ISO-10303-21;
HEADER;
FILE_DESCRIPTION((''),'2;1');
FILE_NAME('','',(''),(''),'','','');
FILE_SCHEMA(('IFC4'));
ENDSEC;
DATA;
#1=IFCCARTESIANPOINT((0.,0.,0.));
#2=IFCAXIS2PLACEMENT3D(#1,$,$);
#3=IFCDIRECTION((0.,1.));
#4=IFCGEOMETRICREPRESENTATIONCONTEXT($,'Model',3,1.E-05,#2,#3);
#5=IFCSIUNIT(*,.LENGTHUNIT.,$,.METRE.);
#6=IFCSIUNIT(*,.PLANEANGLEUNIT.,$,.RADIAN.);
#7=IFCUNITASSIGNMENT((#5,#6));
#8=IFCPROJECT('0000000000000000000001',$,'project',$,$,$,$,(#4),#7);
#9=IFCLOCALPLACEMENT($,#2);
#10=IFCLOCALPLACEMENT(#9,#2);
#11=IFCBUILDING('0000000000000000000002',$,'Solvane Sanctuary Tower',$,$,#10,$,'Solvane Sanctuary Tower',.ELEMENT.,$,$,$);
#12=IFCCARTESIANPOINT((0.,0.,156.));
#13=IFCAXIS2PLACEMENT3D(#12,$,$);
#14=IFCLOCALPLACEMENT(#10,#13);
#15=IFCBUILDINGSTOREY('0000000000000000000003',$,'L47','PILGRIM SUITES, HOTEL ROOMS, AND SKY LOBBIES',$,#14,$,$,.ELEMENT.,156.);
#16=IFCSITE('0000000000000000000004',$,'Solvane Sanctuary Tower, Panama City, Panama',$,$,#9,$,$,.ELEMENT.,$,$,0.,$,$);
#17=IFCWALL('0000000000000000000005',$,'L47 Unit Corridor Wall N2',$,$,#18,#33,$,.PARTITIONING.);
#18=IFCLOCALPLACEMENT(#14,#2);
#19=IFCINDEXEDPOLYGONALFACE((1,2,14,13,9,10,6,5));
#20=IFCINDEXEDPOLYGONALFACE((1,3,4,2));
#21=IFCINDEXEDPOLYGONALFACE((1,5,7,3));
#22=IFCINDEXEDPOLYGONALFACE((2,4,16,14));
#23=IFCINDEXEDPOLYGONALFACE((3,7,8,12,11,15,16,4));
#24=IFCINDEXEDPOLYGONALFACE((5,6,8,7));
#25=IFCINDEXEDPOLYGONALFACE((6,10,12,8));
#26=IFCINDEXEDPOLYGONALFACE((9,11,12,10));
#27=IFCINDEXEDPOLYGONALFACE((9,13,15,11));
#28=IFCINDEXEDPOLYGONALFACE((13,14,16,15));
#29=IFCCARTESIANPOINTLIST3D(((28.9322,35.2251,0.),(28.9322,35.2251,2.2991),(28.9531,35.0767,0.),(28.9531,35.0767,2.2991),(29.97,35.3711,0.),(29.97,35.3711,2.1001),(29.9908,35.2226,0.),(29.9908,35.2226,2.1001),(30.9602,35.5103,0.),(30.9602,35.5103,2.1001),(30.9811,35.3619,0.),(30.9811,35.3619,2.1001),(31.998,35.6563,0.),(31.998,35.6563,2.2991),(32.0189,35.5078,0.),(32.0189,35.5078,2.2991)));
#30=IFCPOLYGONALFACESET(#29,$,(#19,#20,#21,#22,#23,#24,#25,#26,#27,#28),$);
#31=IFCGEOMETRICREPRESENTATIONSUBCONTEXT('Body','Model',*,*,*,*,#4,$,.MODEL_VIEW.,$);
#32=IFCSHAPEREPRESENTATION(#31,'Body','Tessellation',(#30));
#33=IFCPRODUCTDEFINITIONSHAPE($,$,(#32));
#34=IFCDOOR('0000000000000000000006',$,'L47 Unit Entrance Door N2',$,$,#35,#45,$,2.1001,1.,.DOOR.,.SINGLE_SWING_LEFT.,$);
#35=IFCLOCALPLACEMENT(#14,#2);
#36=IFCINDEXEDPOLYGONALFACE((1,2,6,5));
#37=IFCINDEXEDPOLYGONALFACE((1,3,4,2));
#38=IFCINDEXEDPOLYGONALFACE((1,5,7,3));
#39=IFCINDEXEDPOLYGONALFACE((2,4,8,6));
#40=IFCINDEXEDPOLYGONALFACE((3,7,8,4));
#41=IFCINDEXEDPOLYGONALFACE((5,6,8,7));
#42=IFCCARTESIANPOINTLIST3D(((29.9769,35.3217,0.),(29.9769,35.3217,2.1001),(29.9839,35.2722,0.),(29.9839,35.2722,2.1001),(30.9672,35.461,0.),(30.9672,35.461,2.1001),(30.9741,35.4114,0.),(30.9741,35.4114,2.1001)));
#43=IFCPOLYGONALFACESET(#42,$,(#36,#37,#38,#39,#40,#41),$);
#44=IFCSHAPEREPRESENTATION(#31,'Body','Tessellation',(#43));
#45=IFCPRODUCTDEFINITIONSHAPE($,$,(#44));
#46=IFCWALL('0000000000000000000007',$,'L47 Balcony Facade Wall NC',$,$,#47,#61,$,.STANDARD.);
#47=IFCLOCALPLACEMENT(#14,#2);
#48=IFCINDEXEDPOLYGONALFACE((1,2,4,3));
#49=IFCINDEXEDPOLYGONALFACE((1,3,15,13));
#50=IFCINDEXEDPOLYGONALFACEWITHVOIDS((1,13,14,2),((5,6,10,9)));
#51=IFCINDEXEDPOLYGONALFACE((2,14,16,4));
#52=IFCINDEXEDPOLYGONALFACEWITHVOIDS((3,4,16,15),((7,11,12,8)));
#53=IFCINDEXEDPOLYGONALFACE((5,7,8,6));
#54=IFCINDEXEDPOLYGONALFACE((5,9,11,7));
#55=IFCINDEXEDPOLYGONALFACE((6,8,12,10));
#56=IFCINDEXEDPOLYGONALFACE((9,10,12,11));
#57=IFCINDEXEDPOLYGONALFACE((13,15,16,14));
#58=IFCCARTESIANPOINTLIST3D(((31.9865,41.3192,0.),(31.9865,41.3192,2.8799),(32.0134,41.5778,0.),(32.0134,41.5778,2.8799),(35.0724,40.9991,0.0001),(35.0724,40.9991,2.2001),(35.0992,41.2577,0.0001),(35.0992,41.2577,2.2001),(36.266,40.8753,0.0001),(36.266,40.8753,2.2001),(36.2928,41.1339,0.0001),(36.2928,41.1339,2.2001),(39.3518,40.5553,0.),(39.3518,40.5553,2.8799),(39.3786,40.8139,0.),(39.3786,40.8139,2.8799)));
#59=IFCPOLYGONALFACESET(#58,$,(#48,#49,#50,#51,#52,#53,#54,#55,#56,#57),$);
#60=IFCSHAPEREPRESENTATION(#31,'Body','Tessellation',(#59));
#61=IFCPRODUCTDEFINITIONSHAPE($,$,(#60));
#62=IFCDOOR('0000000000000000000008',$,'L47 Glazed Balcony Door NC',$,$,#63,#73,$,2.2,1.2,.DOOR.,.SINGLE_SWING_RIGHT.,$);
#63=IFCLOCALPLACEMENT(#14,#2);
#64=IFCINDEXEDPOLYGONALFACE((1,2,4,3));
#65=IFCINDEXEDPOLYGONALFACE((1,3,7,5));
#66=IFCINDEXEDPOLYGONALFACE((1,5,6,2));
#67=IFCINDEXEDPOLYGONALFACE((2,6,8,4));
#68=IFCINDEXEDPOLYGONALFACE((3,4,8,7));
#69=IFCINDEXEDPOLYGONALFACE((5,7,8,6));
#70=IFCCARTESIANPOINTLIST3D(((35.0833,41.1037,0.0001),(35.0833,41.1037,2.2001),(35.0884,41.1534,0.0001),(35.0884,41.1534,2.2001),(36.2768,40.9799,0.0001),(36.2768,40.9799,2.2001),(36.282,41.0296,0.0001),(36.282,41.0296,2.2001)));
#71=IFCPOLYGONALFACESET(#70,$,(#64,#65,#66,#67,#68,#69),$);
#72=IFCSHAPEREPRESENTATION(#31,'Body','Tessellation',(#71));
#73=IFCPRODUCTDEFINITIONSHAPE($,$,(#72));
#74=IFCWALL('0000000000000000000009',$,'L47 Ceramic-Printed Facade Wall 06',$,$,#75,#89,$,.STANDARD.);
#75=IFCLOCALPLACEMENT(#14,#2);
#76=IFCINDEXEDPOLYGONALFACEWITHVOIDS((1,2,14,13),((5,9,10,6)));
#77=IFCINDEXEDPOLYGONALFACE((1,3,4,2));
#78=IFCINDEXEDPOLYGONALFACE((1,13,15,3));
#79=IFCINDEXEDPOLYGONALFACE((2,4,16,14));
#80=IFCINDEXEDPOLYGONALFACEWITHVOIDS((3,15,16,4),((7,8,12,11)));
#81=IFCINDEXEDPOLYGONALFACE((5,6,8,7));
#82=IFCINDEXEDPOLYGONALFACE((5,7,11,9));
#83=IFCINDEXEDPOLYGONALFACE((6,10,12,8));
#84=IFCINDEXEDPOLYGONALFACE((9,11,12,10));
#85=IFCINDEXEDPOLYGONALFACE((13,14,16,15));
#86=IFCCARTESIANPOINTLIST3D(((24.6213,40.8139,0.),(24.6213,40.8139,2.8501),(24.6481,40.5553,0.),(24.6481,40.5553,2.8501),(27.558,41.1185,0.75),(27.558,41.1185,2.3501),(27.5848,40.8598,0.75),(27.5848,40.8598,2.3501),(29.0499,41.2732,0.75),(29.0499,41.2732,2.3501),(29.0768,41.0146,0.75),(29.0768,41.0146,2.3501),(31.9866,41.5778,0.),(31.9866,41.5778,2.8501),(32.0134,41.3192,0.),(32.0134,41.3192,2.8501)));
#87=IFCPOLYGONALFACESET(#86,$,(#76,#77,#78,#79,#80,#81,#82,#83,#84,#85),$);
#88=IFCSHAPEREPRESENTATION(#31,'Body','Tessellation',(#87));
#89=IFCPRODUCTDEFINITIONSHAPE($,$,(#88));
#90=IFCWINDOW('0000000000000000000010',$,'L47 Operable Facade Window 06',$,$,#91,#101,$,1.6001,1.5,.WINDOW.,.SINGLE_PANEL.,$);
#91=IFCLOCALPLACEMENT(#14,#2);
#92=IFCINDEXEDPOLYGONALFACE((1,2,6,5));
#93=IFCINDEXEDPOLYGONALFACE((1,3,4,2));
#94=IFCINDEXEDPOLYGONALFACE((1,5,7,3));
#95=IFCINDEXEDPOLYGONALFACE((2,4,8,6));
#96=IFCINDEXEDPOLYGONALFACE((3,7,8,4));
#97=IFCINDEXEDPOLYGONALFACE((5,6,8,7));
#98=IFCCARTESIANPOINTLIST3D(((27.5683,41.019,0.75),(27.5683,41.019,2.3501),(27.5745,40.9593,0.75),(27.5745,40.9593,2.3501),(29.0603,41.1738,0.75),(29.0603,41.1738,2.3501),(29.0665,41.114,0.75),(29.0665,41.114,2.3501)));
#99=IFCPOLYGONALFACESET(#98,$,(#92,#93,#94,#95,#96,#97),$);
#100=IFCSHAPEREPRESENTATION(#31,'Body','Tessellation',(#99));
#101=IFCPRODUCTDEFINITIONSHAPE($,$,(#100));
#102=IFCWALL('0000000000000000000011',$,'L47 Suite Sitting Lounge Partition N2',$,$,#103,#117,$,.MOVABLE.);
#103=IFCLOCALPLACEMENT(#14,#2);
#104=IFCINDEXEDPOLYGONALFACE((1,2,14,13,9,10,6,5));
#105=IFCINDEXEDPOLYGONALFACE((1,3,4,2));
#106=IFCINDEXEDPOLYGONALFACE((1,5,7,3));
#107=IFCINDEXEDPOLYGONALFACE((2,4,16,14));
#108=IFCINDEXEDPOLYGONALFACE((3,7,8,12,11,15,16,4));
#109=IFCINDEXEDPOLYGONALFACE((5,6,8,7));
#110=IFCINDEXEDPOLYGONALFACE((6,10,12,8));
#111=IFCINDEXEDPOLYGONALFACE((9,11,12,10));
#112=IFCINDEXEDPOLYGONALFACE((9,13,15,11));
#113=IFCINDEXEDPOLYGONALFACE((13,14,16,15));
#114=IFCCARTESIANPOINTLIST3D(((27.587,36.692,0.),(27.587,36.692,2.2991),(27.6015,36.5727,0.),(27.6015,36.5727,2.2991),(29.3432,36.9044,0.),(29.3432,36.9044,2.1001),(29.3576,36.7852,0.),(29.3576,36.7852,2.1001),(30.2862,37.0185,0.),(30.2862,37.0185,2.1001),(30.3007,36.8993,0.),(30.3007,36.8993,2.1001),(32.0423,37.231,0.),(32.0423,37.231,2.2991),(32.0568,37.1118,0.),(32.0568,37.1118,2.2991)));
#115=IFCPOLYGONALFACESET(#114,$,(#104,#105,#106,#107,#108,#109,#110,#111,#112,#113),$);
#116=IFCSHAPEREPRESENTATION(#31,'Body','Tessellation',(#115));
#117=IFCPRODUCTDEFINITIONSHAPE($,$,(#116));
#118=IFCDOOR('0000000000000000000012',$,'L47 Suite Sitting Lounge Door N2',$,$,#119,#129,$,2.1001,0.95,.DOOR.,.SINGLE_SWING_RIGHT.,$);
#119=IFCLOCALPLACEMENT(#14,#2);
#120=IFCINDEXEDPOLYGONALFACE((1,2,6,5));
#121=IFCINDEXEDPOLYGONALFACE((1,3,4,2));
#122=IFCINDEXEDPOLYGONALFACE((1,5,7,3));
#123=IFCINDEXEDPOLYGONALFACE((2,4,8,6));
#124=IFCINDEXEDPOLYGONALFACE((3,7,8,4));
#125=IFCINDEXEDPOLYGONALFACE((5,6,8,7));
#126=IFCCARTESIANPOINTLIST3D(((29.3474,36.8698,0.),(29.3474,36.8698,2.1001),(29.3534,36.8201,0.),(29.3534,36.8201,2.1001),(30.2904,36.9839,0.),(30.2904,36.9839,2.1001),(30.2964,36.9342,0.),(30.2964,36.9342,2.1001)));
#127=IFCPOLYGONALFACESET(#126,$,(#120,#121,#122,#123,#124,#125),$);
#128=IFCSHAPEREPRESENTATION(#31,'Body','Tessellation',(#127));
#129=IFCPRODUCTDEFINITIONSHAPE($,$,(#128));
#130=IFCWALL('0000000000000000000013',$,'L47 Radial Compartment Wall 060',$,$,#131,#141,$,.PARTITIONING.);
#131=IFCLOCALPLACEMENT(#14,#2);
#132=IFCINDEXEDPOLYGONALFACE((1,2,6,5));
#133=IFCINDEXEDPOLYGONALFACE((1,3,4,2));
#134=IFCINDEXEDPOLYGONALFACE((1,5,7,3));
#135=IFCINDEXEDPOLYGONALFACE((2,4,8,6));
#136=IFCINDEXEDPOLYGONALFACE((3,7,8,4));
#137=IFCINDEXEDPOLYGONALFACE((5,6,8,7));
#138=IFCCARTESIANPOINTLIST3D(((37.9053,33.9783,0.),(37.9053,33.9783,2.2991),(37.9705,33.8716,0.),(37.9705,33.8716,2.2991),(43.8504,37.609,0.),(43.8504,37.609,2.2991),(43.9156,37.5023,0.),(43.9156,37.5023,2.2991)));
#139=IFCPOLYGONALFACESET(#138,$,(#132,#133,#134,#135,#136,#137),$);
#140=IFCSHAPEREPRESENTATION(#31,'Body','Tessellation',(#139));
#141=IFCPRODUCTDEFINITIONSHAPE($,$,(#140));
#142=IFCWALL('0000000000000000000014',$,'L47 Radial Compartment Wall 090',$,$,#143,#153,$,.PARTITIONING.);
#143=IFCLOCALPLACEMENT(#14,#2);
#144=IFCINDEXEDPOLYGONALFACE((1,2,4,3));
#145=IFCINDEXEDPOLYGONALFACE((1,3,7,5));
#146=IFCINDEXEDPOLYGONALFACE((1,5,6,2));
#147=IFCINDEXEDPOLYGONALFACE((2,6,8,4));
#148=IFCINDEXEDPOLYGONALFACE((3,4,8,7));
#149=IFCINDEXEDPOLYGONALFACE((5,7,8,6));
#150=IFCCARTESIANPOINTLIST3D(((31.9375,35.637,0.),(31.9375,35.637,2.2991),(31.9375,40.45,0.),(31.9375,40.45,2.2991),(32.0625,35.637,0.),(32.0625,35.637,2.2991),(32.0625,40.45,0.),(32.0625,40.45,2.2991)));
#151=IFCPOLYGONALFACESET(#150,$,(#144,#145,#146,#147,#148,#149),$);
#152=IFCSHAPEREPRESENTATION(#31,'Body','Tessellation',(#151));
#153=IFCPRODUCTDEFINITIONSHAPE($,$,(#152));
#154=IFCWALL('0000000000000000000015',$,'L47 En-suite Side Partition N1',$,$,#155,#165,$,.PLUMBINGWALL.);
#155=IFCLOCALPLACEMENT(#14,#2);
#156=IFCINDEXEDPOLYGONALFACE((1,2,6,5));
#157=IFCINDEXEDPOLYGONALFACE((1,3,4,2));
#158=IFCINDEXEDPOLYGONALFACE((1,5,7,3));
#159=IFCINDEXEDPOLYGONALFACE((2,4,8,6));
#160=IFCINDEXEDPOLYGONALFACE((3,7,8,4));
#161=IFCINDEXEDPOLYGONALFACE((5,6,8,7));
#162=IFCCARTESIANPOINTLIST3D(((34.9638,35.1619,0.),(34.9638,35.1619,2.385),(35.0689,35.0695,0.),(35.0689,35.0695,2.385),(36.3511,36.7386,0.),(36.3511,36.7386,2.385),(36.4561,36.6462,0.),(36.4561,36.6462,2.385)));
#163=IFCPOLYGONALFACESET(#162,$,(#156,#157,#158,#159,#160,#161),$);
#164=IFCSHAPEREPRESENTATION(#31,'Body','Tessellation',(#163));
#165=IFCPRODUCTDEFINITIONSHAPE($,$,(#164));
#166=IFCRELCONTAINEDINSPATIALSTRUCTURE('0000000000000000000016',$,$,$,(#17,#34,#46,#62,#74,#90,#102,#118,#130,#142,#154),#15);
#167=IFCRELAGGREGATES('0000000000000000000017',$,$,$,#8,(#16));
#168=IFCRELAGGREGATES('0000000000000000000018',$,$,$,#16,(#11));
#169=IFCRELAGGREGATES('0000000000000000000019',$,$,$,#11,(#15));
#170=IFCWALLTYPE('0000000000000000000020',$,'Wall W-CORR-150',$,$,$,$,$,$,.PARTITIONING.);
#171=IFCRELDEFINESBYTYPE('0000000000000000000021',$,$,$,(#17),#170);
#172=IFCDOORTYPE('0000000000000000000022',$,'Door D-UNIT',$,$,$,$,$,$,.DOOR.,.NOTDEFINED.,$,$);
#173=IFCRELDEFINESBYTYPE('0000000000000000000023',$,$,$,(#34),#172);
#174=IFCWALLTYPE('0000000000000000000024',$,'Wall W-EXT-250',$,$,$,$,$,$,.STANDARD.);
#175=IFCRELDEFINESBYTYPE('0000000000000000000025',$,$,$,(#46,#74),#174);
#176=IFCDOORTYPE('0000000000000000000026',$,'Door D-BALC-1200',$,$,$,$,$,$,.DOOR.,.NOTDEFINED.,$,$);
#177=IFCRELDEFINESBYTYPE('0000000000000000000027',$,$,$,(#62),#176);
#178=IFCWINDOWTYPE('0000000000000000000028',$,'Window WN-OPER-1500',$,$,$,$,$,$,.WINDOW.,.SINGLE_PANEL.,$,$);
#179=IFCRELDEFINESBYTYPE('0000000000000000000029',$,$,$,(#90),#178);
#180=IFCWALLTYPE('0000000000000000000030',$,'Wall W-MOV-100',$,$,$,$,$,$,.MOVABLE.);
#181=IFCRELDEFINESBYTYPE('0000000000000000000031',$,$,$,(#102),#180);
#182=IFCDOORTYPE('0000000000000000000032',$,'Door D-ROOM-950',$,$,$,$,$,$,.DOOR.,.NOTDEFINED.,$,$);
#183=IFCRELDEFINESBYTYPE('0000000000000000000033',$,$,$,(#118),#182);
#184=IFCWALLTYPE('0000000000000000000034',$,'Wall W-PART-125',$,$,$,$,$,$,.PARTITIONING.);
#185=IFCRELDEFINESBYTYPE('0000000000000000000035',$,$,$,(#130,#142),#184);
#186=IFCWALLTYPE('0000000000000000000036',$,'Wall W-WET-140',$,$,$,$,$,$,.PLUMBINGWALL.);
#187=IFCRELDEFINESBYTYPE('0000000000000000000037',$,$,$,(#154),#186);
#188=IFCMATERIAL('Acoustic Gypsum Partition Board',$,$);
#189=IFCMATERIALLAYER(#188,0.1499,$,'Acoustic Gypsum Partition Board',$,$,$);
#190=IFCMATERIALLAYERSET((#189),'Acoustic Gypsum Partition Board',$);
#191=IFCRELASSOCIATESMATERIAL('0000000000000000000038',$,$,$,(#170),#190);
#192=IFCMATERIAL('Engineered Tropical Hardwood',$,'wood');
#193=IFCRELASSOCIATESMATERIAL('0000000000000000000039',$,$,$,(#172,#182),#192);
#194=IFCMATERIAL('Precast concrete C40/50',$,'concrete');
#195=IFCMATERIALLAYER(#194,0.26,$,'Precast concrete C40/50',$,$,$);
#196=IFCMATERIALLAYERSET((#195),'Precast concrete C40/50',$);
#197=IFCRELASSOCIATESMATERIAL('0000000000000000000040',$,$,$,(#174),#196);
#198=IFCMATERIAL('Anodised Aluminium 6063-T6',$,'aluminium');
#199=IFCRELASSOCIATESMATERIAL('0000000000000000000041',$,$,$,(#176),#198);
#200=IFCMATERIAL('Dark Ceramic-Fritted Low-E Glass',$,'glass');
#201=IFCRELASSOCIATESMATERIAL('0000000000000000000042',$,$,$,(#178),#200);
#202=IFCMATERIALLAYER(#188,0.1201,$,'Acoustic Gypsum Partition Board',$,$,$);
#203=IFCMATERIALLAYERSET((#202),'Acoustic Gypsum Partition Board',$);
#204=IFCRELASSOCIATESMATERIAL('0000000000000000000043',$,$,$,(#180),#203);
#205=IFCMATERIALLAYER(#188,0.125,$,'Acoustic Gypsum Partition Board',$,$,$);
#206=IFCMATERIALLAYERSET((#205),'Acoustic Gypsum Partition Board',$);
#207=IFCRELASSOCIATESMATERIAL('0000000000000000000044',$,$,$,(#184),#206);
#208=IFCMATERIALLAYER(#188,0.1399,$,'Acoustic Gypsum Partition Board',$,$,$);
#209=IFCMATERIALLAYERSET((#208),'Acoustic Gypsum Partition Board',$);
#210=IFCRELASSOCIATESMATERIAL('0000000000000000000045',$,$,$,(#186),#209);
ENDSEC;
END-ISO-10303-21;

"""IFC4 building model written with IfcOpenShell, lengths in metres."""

from ifc_helpers import new_model, si_unit, direction, frame, frame_2d, origin, place, context, subcontext, project, spatial, rectangle, extrude, material, layer, layer_set, type_object, element, fill, save


model = new_model("IFC4")

# Units and contexts
model_context = context("Model", 3, precision=1e-05, world=origin(), true_north=direction((0.0, 1.0)))
body_context = subcontext(model_context, "Body", "Model", "MODEL_VIEW")
ifc_project = project(units=[si_unit("LENGTHUNIT", "METRE"), si_unit("PLANEANGLEUNIT", "RADIAN")], contexts=[model_context])

# Site, building, storey
site_placement = place(None, origin())
site = spatial("IfcSite", under=ifc_project, at=site_placement, Name="Solvane Sanctuary Tower, Panama City, Panama", CompositionType="ELEMENT", RefElevation=0.0)
building_placement = place(site_placement, origin())
building = spatial("IfcBuilding", under=site, at=building_placement, Name="Solvane Sanctuary Tower", LongName="Solvane Sanctuary Tower", CompositionType="ELEMENT")
storey_placement = place(building_placement, frame((0.0, 0.0, 156.0)))
storey = spatial("IfcBuildingStorey", under=building, at=storey_placement, Name="L47", Description="PILGRIM SUITES, HOTEL ROOMS, AND SKY LOBBIES", CompositionType="ELEMENT", Elevation=156.0)

# Shared definitions
ifc_material_1 = material(Name="Acoustic Gypsum Partition Board")
ifc_layer_1 = layer(ifc_material_1, 0.1499, Name="Acoustic Gypsum Partition Board")
ifc_layer_set_1 = layer_set([ifc_layer_1], Name="Acoustic Gypsum Partition Board")
wall_type_1 = type_object("IfcWallType", Name="Wall W-CORR-150", PredefinedType="PARTITIONING", material=ifc_layer_set_1)

# Shared definitions
ifc_material_2 = material(Name="Engineered Tropical Hardwood", Category="wood")

# Walls, openings, doors
door_type_1 = type_object("IfcDoorType", Name="Door D-UNIT", OperationType="NOTDEFINED", PredefinedType="DOOR", material=ifc_material_2)
wall_1_placement = place(storey_placement, frame((32.0083, 35.582, 0.0), z_axis=(0.0, 0.0, 1.0), x_axis=(-0.990255, -0.139268, 0.0)))
wall_1 = element("IfcWall", 1, at=wall_1_placement, inside=storey, type_object=wall_type_1, Name="L47 Unit Corridor Wall N2", PredefinedType="PARTITIONING", context=body_context, shape_type="SweptSolid", body=[
    extrude(rectangle(XDim=3.0959, YDim=0.1499, at=frame_2d((1.5479, 0.0))), origin(), (0.0, 0.0, 1.0), 2.2991),
])
opening_1_placement = place(wall_1_placement, frame((1.0479, 0.0, 0.0)))
opening_1 = element("IfcOpeningElement", 2, at=opening_1_placement, cuts=wall_1, PredefinedType="OPENING", context=body_context, shape_type="SweptSolid", body=[
    extrude(rectangle(XDim=1.0, YDim=2.1001, at=frame_2d((0.5, 1.05))), frame((0.0, 0.085, 0.0), z_axis=(0.0, -1.0, 0.0), x_axis=(1.0, 0.0, 0.0)), (0.0, 0.0, 1.0), 0.1699),
])
door_1_placement = place(opening_1_placement, origin())
door_1 = element("IfcDoor", 3, at=door_1_placement, inside=storey, type_object=door_type_1, Name="L47 Unit Entrance Door N2", OperationType="SINGLE_SWING_LEFT", OverallHeight=2.1001, OverallWidth=1.0, PredefinedType="DOOR", context=body_context, shape_type="SweptSolid", body=[
    extrude(rectangle(XDim=1.0, YDim=2.1001, at=frame_2d((0.5, 1.05))), frame((0.0, 0.0249, 0.0), z_axis=(0.0, -1.0, 0.0), x_axis=(1.0, 0.0, 0.0)), (0.0, 0.0, 1.0), 0.05),
])
fill(opening_1, door_1)
ifc_material_3 = material(Name="Precast concrete C40/50", Category="concrete")
ifc_layer_2 = layer(ifc_material_3, 0.26, Name="Precast concrete C40/50")
ifc_layer_set_2 = layer_set([ifc_layer_2], Name="Precast concrete C40/50")
wall_type_2 = type_object("IfcWallType", Name="Wall W-EXT-250", PredefinedType="STANDARD", material=ifc_layer_set_2)
wall_2_placement = place(storey_placement, frame((39.3652, 40.6846, 0.0), z_axis=(0.0, 0.0, 1.0), x_axis=(-0.994664, 0.103166, 0.0)))
wall_2 = element("IfcWall", 4, at=wall_2_placement, inside=storey, type_object=wall_type_2, Name="L47 Balcony Facade Wall NC", PredefinedType="STANDARD", context=body_context, shape_type="SweptSolid", body=[
    extrude(rectangle(XDim=7.4048, YDim=0.26, at=frame_2d((3.7024, 0.0))), origin(), (0.0, 0.0, 1.0), 2.8799),
])
opening_2_placement = place(wall_2_placement, frame((3.1023, 0.0, 0.0)))
opening_2 = element("IfcOpeningElement", 5, at=opening_2_placement, cuts=wall_2, PredefinedType="OPENING", context=body_context, shape_type="SweptSolid", body=[
    extrude(rectangle(XDim=1.2, YDim=2.2, at=frame_2d((0.6001, 1.1001))), frame((0.0, 0.1399, 0.0), z_axis=(0.0, -1.0, 0.0), x_axis=(1.0, 0.0, 0.0)), (0.0, 0.0, 1.0), 0.28),
])
ifc_material_4 = material(Name="Anodised Aluminium 6063-T6", Category="aluminium")
door_type_2 = type_object("IfcDoorType", Name="Door D-BALC-1200", OperationType="NOTDEFINED", PredefinedType="DOOR", material=ifc_material_4)
door_2_placement = place(opening_2_placement, origin())
door_2 = element("IfcDoor", 6, at=door_2_placement, inside=storey, type_object=door_type_2, Name="L47 Glazed Balcony Door NC", OperationType="SINGLE_SWING_RIGHT", OverallHeight=2.2, OverallWidth=1.2, PredefinedType="DOOR", context=body_context, shape_type="SweptSolid", body=[
    extrude(rectangle(XDim=1.2, YDim=2.2, at=frame_2d((0.6001, 1.1001))), frame((0.0, 0.0249, 0.0), z_axis=(0.0, -1.0, 0.0), x_axis=(1.0, 0.0, 0.0)), (0.0, 0.0, 1.0), 0.05),
])
fill(opening_2, door_2)

# Wall, opening, window
wall_3_placement = place(storey_placement, frame((32.0, 41.4485, 0.0), z_axis=(0.0, 0.0, 1.0), x_axis=(-0.994664, -0.103166, 0.0)))
wall_3 = element("IfcWall", 7, at=wall_3_placement, inside=storey, type_object=wall_type_2, Name="L47 Ceramic-Printed Facade Wall 06", PredefinedType="STANDARD", context=body_context, shape_type="SweptSolid", body=[
    extrude(rectangle(XDim=7.4048, YDim=0.26, at=frame_2d((3.7024, 0.0))), origin(), (0.0, 0.0, 1.0), 2.8501),
])
opening_3_placement = place(wall_3_placement, frame((2.9524, 0.0, 0.75)))
opening_3 = element("IfcOpeningElement", 8, at=opening_3_placement, cuts=wall_3, PredefinedType="OPENING", context=body_context, shape_type="SweptSolid", body=[
    extrude(rectangle(XDim=1.5, YDim=1.6001, at=frame_2d((0.75, 0.8))), frame((0.0, 0.1399, 0.0), z_axis=(0.0, -1.0, 0.0), x_axis=(1.0, 0.0, 0.0)), (0.0, 0.0, 1.0), 0.28),
])
ifc_material_5 = material(Name="Dark Ceramic-Fritted Low-E Glass", Category="glass")
window_type = type_object("IfcWindowType", Name="Window WN-OPER-1500", PartitioningType="SINGLE_PANEL", PredefinedType="WINDOW", material=ifc_material_5)
window_placement = place(opening_3_placement, origin())
window = element("IfcWindow", 9, at=window_placement, inside=storey, type_object=window_type, Name="L47 Operable Facade Window 06", OverallHeight=1.6001, OverallWidth=1.5, PartitioningType="SINGLE_PANEL", PredefinedType="WINDOW", context=body_context, shape_type="SweptSolid", body=[
    extrude(rectangle(XDim=1.5, YDim=1.6001, at=frame_2d((0.75, 0.8))), frame((0.0, 0.03, 0.0), z_axis=(0.0, -1.0, 0.0), x_axis=(1.0, 0.0, 0.0)), (0.0, 0.0, 1.0), 0.0601),
])
fill(opening_3, window)

# Wall, opening, door
ifc_layer_3 = layer(ifc_material_1, 0.1201, Name="Acoustic Gypsum Partition Board")
ifc_layer_set_3 = layer_set([ifc_layer_3], Name="Acoustic Gypsum Partition Board")
wall_type_3 = type_object("IfcWallType", Name="Wall W-MOV-100", PredefinedType="MOVABLE", material=ifc_layer_set_3)
wall_4_placement = place(storey_placement, frame((32.0496, 37.1714, 0.0), z_axis=(0.0, 0.0, 1.0), x_axis=(-0.99276, -0.120117, 0.0)))
wall_4 = element("IfcWall", 10, at=wall_4_placement, inside=storey, type_object=wall_type_3, Name="L47 Suite Sitting Lounge Partition N2", PredefinedType="MOVABLE", context=body_context, shape_type="SweptSolid", body=[
    extrude(rectangle(XDim=4.4878, YDim=0.1201, at=frame_2d((2.2439, 0.0))), origin(), (0.0, 0.0, 1.0), 2.2991),
])
opening_4_placement = place(wall_4_placement, frame((1.7688, 0.0, 0.0)))
opening_4 = element("IfcOpeningElement", 11, at=opening_4_placement, cuts=wall_4, PredefinedType="OPENING", context=body_context, shape_type="SweptSolid", body=[
    extrude(rectangle(XDim=0.95, YDim=2.1001, at=frame_2d((0.4751, 1.05))), frame((0.0, 0.0701, 0.0), z_axis=(0.0, -1.0, 0.0), x_axis=(1.0, 0.0, 0.0)), (0.0, 0.0, 1.0), 0.1401),
])
door_type_3 = type_object("IfcDoorType", Name="Door D-ROOM-950", OperationType="NOTDEFINED", PredefinedType="DOOR", material=ifc_material_2)
door_3_placement = place(opening_4_placement, origin())
door_3 = element("IfcDoor", 12, at=door_3_placement, inside=storey, type_object=door_type_3, Name="L47 Suite Sitting Lounge Door N2", OperationType="SINGLE_SWING_RIGHT", OverallHeight=2.1001, OverallWidth=0.95, PredefinedType="DOOR", context=body_context, shape_type="SweptSolid", body=[
    extrude(rectangle(XDim=0.95, YDim=2.1001, at=frame_2d((0.4751, 1.05))), frame((0.0, 0.0249, 0.0), z_axis=(0.0, -1.0, 0.0), x_axis=(1.0, 0.0, 0.0)), (0.0, 0.0, 1.0), 0.05),
])
fill(opening_4, door_3)

# Walls
ifc_layer_4 = layer(ifc_material_1, 0.125, Name="Acoustic Gypsum Partition Board")
ifc_layer_set_4 = layer_set([ifc_layer_4], Name="Acoustic Gypsum Partition Board")
wall_type_4 = type_object("IfcWallType", Name="Wall W-PART-125", PredefinedType="PARTITIONING", material=ifc_layer_set_4)
wall_5_placement = place(storey_placement, frame((37.938, 33.925, 0.0), z_axis=(0.0, 0.0, 1.0), x_axis=(0.85344, 0.521191, 0.0)))
element("IfcWall", 13, at=wall_5_placement, inside=storey, type_object=wall_type_4, Name="L47 Radial Compartment Wall 060", PredefinedType="PARTITIONING", context=body_context, shape_type="SweptSolid", body=[
    extrude(rectangle(XDim=6.9661, YDim=0.125, at=frame_2d((3.4829, 0.0))), origin(), (0.0, 0.0, 1.0), 2.2991),
])
wall_6_placement = place(storey_placement, frame((32.0, 35.637, 0.0), z_axis=(0.0, 0.0, 1.0), x_axis=(0.0, 1.0, 0.0)))
element("IfcWall", 14, at=wall_6_placement, inside=storey, type_object=wall_type_4, Name="L47 Radial Compartment Wall 090", PredefinedType="PARTITIONING", context=body_context, shape_type="SweptSolid", body=[
    extrude(rectangle(XDim=4.813, YDim=0.125, at=frame_2d((2.4065, 0.0))), origin(), (0.0, 0.0, 1.0), 2.2991),
])
ifc_layer_5 = layer(ifc_material_1, 0.1399, Name="Acoustic Gypsum Partition Board")
ifc_layer_set_5 = layer_set([ifc_layer_5], Name="Acoustic Gypsum Partition Board")
wall_type_5 = type_object("IfcWallType", Name="Wall W-WET-140", PredefinedType="PLUMBINGWALL", material=ifc_layer_set_5)
wall_7_placement = place(storey_placement, frame((35.0164, 35.1157, 0.0), z_axis=(0.0, 0.0, 1.0), x_axis=(0.66056, 0.750773, 0.0)))
element("IfcWall", 15, at=wall_7_placement, inside=storey, type_object=wall_type_5, Name="L47 En-suite Side Partition N1", PredefinedType="PLUMBINGWALL", context=body_context, shape_type="SweptSolid", body=[
    extrude(rectangle(XDim=2.1001, YDim=0.1399, at=frame_2d((1.05, 0.0))), origin(), (0.0, 0.0, 1.0), 2.385),
])

save(model, "model.ifc")
